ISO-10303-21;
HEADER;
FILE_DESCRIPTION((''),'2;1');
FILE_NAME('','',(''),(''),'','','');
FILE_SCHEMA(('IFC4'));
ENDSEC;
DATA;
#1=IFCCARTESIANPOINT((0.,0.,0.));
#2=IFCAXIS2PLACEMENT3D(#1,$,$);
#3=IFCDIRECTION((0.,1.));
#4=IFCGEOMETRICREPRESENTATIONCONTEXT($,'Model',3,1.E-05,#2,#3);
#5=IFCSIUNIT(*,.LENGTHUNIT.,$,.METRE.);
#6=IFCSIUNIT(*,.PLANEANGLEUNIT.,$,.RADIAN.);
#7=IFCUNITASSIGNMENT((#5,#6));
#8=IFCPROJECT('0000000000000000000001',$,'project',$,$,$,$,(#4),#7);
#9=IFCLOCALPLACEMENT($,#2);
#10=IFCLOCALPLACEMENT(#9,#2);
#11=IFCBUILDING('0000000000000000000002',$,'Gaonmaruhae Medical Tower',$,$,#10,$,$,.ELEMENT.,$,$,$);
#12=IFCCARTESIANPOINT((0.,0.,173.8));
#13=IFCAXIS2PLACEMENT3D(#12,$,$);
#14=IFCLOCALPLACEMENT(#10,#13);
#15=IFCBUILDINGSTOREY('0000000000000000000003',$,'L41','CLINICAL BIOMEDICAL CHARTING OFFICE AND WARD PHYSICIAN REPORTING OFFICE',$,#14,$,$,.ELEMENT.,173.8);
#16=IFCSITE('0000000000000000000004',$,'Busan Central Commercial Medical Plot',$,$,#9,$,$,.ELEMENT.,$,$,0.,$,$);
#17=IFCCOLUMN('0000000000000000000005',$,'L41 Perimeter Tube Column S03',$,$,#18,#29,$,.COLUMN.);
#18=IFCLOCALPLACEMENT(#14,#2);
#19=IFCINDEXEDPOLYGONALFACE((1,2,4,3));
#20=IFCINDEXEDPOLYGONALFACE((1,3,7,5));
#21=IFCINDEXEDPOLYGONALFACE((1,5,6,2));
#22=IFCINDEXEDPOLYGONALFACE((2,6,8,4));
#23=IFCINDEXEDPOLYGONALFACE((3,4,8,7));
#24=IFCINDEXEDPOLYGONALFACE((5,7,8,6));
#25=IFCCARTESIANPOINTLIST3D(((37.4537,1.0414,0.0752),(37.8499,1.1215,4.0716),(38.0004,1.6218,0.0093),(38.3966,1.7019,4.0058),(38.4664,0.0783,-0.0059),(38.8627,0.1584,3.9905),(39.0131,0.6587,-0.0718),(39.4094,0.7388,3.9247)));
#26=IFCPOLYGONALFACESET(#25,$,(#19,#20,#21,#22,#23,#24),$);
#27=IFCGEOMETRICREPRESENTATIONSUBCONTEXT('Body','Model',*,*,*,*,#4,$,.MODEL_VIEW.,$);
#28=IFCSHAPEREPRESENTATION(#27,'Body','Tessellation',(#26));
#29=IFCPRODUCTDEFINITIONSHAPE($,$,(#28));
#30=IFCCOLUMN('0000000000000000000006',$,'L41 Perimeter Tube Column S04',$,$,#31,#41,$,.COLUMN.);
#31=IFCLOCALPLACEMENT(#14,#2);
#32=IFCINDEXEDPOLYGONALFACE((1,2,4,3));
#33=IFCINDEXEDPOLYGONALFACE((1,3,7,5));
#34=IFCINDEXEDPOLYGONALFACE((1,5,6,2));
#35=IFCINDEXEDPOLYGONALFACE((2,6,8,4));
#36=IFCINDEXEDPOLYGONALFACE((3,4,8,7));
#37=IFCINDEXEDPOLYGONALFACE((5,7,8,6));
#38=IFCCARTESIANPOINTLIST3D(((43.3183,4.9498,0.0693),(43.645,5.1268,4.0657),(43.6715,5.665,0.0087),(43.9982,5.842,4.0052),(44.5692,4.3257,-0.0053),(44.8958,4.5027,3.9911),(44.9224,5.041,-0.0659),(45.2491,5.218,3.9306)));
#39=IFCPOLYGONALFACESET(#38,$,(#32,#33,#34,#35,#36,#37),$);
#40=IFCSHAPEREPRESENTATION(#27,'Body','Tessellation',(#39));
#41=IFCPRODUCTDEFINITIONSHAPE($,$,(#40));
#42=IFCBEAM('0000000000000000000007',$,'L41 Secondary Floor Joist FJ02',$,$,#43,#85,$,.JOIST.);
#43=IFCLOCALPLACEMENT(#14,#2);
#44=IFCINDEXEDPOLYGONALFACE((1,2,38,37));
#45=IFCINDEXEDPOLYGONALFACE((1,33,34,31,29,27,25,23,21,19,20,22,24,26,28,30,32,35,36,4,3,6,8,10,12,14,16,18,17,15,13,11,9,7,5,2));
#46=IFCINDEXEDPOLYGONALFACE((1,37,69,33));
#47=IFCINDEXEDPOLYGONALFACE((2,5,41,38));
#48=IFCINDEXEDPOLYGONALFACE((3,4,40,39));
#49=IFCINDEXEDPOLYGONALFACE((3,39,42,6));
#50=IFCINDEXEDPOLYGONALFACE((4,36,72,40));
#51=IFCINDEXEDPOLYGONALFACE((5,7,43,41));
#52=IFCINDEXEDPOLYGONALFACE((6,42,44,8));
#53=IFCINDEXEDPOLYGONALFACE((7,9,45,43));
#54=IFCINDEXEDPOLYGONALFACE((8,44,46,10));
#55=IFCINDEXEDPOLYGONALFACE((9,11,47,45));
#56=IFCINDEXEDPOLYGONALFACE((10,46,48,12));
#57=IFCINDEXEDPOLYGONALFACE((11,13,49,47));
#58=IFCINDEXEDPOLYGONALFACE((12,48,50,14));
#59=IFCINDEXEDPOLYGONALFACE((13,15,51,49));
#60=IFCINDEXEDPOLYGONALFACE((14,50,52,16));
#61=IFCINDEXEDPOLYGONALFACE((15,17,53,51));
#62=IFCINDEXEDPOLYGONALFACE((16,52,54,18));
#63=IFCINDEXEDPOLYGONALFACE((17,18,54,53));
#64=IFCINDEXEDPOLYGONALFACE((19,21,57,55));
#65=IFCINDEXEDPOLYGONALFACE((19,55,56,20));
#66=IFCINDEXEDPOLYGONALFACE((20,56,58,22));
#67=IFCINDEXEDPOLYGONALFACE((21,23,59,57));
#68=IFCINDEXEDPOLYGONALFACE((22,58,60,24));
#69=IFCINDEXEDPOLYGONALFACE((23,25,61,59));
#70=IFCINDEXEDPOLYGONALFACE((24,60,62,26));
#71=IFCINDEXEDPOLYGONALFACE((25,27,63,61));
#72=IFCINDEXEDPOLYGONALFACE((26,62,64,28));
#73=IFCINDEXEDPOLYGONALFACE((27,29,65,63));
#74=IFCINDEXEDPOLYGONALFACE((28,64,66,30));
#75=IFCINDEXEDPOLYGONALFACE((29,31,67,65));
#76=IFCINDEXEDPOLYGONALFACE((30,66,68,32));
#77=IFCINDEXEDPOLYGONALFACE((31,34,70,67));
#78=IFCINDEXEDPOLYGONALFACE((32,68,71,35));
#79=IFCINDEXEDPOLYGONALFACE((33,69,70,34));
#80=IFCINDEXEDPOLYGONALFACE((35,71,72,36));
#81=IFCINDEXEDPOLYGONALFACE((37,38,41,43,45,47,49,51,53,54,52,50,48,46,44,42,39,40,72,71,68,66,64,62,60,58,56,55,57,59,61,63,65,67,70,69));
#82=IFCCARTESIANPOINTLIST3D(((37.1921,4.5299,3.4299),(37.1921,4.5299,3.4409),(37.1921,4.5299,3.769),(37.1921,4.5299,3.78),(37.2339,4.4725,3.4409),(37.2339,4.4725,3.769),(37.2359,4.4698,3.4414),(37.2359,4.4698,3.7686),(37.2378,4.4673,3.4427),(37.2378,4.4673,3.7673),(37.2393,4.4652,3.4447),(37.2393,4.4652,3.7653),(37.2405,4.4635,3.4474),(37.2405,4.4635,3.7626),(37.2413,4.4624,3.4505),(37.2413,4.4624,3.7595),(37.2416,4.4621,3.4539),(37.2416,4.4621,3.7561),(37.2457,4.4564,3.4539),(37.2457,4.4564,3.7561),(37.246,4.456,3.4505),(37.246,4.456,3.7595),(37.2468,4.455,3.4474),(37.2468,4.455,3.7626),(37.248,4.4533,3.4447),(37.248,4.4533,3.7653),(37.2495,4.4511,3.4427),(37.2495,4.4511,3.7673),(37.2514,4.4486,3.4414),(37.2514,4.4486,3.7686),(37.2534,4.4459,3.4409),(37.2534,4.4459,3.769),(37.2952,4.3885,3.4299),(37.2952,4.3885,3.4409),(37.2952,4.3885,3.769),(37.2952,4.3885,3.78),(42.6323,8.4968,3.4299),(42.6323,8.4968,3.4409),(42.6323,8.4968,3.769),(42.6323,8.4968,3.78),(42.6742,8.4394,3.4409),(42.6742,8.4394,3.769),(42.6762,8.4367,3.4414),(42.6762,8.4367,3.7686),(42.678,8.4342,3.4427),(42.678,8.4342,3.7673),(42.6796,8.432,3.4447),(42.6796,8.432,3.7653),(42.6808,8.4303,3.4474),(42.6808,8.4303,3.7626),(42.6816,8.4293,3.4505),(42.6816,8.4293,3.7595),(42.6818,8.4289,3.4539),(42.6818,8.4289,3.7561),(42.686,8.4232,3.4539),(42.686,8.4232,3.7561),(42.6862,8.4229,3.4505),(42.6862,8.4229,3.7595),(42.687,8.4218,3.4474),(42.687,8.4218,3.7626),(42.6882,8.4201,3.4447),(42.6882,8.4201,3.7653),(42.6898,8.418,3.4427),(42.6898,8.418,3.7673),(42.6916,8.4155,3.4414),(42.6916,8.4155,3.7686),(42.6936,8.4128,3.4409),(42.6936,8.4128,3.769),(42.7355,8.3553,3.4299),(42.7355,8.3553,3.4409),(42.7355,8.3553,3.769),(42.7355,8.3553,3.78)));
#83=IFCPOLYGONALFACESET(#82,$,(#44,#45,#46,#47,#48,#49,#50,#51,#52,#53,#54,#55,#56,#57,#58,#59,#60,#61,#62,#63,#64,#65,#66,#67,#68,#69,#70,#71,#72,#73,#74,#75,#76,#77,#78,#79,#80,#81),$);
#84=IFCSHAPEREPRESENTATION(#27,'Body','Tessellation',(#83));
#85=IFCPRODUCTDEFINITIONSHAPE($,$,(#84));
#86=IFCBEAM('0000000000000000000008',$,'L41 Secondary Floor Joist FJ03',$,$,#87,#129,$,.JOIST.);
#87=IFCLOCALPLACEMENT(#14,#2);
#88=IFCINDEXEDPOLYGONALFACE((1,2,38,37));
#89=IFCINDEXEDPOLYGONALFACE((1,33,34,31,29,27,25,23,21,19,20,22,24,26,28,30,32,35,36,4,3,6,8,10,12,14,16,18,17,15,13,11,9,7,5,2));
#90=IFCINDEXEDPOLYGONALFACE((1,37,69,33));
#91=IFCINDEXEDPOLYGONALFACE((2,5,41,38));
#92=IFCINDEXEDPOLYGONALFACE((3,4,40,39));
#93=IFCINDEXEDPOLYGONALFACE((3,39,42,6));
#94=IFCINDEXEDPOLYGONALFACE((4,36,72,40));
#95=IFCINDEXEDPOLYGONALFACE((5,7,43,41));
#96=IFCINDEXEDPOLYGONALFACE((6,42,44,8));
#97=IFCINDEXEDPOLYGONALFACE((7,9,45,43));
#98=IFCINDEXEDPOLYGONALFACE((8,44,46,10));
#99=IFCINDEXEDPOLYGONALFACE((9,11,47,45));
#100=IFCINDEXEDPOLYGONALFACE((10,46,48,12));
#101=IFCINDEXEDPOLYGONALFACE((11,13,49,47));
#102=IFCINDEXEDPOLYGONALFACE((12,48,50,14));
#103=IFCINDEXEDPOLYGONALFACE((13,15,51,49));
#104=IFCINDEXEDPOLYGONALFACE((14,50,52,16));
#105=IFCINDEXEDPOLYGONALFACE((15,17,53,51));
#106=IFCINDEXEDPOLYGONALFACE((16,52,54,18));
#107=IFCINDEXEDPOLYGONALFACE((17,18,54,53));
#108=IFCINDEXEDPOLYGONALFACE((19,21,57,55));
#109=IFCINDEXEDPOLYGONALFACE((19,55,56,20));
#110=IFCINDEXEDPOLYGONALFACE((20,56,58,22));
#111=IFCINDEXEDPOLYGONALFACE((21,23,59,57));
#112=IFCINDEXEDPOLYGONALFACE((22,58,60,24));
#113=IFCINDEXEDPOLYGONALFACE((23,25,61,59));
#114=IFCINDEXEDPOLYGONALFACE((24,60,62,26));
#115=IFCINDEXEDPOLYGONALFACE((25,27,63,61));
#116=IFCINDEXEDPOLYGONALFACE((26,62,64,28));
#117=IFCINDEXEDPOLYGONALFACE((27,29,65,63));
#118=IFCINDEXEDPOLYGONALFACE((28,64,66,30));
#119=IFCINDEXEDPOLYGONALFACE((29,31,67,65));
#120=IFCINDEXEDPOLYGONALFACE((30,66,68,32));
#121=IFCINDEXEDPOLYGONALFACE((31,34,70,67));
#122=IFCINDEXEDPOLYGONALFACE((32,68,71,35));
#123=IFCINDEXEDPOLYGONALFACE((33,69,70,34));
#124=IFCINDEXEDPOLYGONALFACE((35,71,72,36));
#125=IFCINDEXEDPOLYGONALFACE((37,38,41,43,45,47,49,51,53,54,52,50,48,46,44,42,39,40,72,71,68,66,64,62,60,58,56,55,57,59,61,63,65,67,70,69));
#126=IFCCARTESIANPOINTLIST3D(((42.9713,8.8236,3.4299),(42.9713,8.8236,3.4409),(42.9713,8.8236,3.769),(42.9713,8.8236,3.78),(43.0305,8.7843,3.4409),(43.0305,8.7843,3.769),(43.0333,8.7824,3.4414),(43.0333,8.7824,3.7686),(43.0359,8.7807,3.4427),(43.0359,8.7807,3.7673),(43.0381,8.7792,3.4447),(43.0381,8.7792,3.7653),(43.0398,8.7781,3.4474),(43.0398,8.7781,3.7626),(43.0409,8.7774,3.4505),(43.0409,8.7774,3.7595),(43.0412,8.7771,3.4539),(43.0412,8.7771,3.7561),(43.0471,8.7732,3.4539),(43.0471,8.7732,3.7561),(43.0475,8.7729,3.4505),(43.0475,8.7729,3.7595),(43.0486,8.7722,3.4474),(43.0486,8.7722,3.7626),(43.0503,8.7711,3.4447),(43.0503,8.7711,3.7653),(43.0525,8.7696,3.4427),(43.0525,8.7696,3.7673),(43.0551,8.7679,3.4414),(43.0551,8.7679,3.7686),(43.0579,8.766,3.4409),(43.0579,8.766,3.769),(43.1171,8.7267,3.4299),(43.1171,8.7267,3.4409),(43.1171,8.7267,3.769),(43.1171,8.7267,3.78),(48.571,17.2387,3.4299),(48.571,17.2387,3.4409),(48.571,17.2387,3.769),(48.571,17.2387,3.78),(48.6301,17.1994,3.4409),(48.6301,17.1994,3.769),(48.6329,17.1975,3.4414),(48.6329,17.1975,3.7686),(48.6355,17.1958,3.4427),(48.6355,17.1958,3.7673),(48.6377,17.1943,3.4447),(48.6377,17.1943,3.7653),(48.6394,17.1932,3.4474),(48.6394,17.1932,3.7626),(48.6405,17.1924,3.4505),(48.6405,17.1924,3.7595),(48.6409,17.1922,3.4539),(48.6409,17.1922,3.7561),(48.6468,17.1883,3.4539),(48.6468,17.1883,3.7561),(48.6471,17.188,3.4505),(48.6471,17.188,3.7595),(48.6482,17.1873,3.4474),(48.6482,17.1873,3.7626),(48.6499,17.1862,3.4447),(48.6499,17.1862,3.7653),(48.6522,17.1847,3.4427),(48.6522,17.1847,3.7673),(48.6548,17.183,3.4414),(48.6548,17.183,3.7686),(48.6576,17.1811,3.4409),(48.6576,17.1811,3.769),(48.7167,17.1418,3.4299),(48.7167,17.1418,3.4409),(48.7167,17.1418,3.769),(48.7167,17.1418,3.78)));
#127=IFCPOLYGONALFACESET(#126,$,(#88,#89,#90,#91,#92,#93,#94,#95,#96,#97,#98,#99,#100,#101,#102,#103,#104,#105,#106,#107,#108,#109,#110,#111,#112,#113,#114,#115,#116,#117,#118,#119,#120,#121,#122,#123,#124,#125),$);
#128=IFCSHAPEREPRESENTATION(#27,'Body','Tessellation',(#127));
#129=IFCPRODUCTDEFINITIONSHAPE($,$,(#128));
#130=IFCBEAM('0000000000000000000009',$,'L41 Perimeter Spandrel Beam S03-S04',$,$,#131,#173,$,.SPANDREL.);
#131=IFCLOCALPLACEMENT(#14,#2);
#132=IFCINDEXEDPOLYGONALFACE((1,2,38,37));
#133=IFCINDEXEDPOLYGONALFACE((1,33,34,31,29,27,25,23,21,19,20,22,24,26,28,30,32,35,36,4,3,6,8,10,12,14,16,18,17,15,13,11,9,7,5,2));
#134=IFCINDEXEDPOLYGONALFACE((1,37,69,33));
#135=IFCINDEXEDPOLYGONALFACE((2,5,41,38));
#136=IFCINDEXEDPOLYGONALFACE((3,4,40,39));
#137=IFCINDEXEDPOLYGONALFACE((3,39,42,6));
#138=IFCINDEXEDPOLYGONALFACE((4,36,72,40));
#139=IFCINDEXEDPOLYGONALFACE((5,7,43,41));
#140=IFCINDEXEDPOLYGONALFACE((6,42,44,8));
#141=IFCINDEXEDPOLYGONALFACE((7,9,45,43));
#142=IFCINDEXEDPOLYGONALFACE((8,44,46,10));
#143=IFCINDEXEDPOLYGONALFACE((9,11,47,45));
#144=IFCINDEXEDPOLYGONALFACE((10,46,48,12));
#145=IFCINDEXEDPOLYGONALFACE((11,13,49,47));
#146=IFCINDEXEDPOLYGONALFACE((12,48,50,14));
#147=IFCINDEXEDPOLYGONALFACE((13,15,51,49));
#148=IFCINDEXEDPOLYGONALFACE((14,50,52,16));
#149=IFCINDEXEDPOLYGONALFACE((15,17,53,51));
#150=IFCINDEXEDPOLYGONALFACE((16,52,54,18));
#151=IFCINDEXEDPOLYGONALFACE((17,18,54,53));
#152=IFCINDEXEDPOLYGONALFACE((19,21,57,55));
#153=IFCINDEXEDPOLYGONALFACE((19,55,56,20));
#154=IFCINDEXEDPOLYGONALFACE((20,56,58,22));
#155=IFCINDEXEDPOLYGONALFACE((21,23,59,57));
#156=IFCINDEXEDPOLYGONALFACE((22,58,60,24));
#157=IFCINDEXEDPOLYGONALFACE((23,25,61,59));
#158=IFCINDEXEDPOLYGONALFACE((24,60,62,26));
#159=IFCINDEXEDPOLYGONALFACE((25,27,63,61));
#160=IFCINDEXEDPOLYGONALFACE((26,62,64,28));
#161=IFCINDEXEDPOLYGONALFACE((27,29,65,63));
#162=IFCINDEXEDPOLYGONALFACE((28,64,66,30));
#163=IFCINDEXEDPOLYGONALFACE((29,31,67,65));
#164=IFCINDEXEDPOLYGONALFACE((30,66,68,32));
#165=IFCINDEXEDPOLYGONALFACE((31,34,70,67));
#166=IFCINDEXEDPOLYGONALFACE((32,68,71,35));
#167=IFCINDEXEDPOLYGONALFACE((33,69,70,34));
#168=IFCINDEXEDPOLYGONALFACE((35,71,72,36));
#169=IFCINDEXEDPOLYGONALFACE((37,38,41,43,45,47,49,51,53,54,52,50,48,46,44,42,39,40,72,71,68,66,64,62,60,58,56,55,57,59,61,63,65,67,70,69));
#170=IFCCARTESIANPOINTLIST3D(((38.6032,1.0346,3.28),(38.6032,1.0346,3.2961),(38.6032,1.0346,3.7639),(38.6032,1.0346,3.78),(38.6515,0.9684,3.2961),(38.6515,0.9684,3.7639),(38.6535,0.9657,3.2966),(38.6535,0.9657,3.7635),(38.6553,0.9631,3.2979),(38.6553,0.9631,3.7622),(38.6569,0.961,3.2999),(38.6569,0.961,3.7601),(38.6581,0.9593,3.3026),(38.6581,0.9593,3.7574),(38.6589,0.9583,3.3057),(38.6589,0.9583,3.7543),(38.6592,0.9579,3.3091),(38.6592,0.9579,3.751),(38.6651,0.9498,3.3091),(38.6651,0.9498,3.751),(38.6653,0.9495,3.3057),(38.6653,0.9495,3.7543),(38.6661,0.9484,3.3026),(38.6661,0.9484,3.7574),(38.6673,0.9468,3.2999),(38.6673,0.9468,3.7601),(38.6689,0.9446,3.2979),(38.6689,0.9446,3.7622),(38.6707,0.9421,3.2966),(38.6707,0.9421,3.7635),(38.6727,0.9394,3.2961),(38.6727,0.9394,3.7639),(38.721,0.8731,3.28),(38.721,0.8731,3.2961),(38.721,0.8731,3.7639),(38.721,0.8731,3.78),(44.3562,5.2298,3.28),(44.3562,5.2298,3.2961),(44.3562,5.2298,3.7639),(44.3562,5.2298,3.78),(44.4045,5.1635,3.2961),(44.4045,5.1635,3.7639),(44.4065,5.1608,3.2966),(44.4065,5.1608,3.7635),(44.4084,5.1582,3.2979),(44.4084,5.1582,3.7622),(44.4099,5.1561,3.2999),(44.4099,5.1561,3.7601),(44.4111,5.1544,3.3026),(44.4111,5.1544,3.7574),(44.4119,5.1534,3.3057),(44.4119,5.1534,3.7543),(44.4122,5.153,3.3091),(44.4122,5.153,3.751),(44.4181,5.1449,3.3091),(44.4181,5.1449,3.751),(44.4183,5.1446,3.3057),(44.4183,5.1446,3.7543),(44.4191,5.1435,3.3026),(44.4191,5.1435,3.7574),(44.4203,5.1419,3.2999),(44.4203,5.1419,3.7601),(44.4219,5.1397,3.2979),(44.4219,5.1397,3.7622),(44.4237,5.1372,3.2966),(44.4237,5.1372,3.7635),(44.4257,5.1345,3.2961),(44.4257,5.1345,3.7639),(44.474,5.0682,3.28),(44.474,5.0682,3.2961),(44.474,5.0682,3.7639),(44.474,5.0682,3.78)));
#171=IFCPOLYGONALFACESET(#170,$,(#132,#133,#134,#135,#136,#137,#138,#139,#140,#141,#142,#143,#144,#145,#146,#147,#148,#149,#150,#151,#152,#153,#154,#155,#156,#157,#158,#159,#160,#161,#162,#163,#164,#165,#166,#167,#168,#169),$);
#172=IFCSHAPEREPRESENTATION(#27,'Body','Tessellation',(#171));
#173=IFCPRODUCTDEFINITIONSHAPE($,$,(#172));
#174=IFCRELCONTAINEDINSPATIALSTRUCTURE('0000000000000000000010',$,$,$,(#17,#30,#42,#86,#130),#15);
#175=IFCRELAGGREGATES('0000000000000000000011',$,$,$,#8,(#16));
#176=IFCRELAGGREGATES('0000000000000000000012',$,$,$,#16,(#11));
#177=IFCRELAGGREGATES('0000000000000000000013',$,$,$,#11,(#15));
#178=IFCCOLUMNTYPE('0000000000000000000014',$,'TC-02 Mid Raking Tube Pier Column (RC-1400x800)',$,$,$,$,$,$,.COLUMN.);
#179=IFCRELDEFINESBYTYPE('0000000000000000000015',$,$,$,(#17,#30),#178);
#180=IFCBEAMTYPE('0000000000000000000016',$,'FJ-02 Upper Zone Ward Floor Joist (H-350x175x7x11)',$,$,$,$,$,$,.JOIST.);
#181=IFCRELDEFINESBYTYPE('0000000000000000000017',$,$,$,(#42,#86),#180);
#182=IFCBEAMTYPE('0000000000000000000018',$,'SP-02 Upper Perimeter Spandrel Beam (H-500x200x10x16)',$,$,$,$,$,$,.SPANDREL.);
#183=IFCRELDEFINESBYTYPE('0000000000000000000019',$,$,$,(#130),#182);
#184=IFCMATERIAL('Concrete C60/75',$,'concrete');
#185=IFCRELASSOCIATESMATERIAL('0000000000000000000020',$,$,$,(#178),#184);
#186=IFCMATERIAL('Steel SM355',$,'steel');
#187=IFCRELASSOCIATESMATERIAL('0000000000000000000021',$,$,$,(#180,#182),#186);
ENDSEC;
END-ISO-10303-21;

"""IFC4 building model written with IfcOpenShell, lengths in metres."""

from ifc_helpers import new_model, si_unit, direction, frame, origin, origin_2d, place, context, subcontext, project, spatial, rectangle, i_section, extrude, material, material_profile, profile_set, type_object, element, save


model = new_model("IFC4")

# Units and contexts
model_context = context("Model", 3, precision=1e-05, world=origin(), true_north=direction((0.0, 1.0)))
body_context = subcontext(model_context, "Body", "Model", "MODEL_VIEW")
ifc_project = project(units=[si_unit("LENGTHUNIT", "METRE"), si_unit("PLANEANGLEUNIT", "RADIAN")], contexts=[model_context])

# Site, building, storey
site_placement = place(None, origin())
site = spatial("IfcSite", under=ifc_project, at=site_placement, Name="Busan Central Commercial Medical Plot", CompositionType="ELEMENT", RefElevation=0.0)
building_placement = place(site_placement, origin())
building = spatial("IfcBuilding", under=site, at=building_placement, Name="Gaonmaruhae Medical Tower", CompositionType="ELEMENT")
storey_placement = place(building_placement, frame((0.0, 0.0, 173.8)))
storey = spatial("IfcBuildingStorey", under=building, at=storey_placement, Name="L41", Description="CLINICAL BIOMEDICAL CHARTING OFFICE AND WARD PHYSICIAN REPORTING OFFICE", CompositionType="ELEMENT", Elevation=173.8)

# Columns
ifc_material_1 = material(Name="Concrete C60/75", Category="concrete")
ifc_material_profile_1 = material_profile(ifc_material_1, rectangle(XDim=1.3999, YDim=0.8, at=origin_2d()), Name="RC-1400x800")
ifc_profile_set_1 = profile_set([ifc_material_profile_1], Name="Concrete C60/75")
column_type = type_object("IfcColumnType", Name="TC-02 Mid Raking Tube Pier Column (RC-1400x800)", PredefinedType="COLUMN", material=ifc_profile_set_1)
column_1_placement = place(storey_placement, frame((38.2334, 0.8501, 0.0017), z_axis=(0.098647, 0.019936, 0.994923), x_axis=(-0.723413, 0.68798, 0.057941)))
element("IfcColumn", 1, at=column_1_placement, inside=storey, type_object=column_type, Name="L41 Perimeter Tube Column S03", PredefinedType="COLUMN", context=body_context, shape_type="SweptSolid", body=[
    extrude(rectangle(XDim=1.3999, YDim=0.8, at=origin_2d()), origin(), (0.0, 0.0, 1.0), 4.0168),
])
column_2_placement = place(storey_placement, frame((44.1204, 4.9954, 0.0017), z_axis=(0.081389, 0.044101, 0.995706), x_axis=(-0.893548, 0.445794, 0.053294)))
element("IfcColumn", 2, at=column_2_placement, inside=storey, type_object=column_type, Name="L41 Perimeter Tube Column S04", PredefinedType="COLUMN", context=body_context, shape_type="SweptSolid", body=[
    extrude(rectangle(XDim=1.3999, YDim=0.8, at=origin_2d()), origin(), (0.0, 0.0, 1.0), 4.0137),
])

# Beams
ifc_material_2 = material(Name="Steel SM355", Category="steel")
ifc_material_profile_2 = material_profile(ifc_material_2, i_section(OverallWidth=0.175, OverallDepth=0.3501, WebThickness=0.0071, FlangeThickness=0.011, FilletRadius=0.0129, at=origin_2d()), Name="H-350x175x7x11")
ifc_profile_set_2 = profile_set([ifc_material_profile_2], Name="Steel SM355")
beam_type_1 = type_object("IfcBeamType", Name="FJ-02 Upper Zone Ward Floor Joist (H-350x175x7x11)", PredefinedType="JOIST", material=ifc_profile_set_2)
beam_1_placement = place(storey_placement, frame((37.2437, 4.4592, 3.605), z_axis=(0.808008, 0.589172, 0.0), x_axis=(-0.589172, 0.808008, 0.0)))
element("IfcBeam", 3, at=beam_1_placement, inside=storey, type_object=beam_type_1, Name="L41 Secondary Floor Joist FJ02", PredefinedType="JOIST", context=body_context, shape_type="SweptSolid", body=[
    extrude(i_section(OverallWidth=0.175, OverallDepth=0.3501, WebThickness=0.0071, FlangeThickness=0.011, FilletRadius=0.0129, at=origin_2d()), origin(), (0.0, 0.0, 1.0), 6.7329),
])
beam_2_placement = place(storey_placement, frame((43.0442, 8.7751, 3.605), z_axis=(0.553987, 0.832526, 0.0), x_axis=(-0.832526, 0.553987, 0.0)))
element("IfcBeam", 4, at=beam_2_placement, inside=storey, type_object=beam_type_1, Name="L41 Secondary Floor Joist FJ03", PredefinedType="JOIST", context=body_context, shape_type="SweptSolid", body=[
    extrude(i_section(OverallWidth=0.175, OverallDepth=0.3501, WebThickness=0.0071, FlangeThickness=0.011, FilletRadius=0.0129, at=origin_2d()), origin(), (0.0, 0.0, 1.0), 10.1079),
])
ifc_material_profile_3 = material_profile(ifc_material_2, i_section(OverallWidth=0.2, OverallDepth=0.5, WebThickness=0.01, FlangeThickness=0.0161, FilletRadius=0.0129, at=origin_2d()), Name="H-500x200x10x16")
ifc_profile_set_3 = profile_set([ifc_material_profile_3], Name="Steel SM355")
beam_type_2 = type_object("IfcBeamType", Name="SP-02 Upper Perimeter Spandrel Beam (H-500x200x10x16)", PredefinedType="SPANDREL", material=ifc_profile_set_3)
for number, where, z_axis, x_axis, name in (
    (5, (38.6621, 0.9539, 3.53), (0.807993, 0.589193, 0.0), (-0.589193, 0.807993, 0.0), "L41 Perimeter Spandrel Beam S03-S04"),
):
    element("IfcBeam", number, at=place(storey_placement, frame(where, z_axis=z_axis, x_axis=x_axis)), inside=storey, type_object=beam_type_2, Name=name, PredefinedType="SPANDREL", context=body_context, shape_type="SweptSolid", body=[
        extrude(i_section(OverallWidth=0.2, OverallDepth=0.5, WebThickness=0.01, FlangeThickness=0.0161, FilletRadius=0.0129, at=origin_2d()), origin(), (0.0, 0.0, 1.0), 7.1201),
    ])

save(model, "model.ifc")
